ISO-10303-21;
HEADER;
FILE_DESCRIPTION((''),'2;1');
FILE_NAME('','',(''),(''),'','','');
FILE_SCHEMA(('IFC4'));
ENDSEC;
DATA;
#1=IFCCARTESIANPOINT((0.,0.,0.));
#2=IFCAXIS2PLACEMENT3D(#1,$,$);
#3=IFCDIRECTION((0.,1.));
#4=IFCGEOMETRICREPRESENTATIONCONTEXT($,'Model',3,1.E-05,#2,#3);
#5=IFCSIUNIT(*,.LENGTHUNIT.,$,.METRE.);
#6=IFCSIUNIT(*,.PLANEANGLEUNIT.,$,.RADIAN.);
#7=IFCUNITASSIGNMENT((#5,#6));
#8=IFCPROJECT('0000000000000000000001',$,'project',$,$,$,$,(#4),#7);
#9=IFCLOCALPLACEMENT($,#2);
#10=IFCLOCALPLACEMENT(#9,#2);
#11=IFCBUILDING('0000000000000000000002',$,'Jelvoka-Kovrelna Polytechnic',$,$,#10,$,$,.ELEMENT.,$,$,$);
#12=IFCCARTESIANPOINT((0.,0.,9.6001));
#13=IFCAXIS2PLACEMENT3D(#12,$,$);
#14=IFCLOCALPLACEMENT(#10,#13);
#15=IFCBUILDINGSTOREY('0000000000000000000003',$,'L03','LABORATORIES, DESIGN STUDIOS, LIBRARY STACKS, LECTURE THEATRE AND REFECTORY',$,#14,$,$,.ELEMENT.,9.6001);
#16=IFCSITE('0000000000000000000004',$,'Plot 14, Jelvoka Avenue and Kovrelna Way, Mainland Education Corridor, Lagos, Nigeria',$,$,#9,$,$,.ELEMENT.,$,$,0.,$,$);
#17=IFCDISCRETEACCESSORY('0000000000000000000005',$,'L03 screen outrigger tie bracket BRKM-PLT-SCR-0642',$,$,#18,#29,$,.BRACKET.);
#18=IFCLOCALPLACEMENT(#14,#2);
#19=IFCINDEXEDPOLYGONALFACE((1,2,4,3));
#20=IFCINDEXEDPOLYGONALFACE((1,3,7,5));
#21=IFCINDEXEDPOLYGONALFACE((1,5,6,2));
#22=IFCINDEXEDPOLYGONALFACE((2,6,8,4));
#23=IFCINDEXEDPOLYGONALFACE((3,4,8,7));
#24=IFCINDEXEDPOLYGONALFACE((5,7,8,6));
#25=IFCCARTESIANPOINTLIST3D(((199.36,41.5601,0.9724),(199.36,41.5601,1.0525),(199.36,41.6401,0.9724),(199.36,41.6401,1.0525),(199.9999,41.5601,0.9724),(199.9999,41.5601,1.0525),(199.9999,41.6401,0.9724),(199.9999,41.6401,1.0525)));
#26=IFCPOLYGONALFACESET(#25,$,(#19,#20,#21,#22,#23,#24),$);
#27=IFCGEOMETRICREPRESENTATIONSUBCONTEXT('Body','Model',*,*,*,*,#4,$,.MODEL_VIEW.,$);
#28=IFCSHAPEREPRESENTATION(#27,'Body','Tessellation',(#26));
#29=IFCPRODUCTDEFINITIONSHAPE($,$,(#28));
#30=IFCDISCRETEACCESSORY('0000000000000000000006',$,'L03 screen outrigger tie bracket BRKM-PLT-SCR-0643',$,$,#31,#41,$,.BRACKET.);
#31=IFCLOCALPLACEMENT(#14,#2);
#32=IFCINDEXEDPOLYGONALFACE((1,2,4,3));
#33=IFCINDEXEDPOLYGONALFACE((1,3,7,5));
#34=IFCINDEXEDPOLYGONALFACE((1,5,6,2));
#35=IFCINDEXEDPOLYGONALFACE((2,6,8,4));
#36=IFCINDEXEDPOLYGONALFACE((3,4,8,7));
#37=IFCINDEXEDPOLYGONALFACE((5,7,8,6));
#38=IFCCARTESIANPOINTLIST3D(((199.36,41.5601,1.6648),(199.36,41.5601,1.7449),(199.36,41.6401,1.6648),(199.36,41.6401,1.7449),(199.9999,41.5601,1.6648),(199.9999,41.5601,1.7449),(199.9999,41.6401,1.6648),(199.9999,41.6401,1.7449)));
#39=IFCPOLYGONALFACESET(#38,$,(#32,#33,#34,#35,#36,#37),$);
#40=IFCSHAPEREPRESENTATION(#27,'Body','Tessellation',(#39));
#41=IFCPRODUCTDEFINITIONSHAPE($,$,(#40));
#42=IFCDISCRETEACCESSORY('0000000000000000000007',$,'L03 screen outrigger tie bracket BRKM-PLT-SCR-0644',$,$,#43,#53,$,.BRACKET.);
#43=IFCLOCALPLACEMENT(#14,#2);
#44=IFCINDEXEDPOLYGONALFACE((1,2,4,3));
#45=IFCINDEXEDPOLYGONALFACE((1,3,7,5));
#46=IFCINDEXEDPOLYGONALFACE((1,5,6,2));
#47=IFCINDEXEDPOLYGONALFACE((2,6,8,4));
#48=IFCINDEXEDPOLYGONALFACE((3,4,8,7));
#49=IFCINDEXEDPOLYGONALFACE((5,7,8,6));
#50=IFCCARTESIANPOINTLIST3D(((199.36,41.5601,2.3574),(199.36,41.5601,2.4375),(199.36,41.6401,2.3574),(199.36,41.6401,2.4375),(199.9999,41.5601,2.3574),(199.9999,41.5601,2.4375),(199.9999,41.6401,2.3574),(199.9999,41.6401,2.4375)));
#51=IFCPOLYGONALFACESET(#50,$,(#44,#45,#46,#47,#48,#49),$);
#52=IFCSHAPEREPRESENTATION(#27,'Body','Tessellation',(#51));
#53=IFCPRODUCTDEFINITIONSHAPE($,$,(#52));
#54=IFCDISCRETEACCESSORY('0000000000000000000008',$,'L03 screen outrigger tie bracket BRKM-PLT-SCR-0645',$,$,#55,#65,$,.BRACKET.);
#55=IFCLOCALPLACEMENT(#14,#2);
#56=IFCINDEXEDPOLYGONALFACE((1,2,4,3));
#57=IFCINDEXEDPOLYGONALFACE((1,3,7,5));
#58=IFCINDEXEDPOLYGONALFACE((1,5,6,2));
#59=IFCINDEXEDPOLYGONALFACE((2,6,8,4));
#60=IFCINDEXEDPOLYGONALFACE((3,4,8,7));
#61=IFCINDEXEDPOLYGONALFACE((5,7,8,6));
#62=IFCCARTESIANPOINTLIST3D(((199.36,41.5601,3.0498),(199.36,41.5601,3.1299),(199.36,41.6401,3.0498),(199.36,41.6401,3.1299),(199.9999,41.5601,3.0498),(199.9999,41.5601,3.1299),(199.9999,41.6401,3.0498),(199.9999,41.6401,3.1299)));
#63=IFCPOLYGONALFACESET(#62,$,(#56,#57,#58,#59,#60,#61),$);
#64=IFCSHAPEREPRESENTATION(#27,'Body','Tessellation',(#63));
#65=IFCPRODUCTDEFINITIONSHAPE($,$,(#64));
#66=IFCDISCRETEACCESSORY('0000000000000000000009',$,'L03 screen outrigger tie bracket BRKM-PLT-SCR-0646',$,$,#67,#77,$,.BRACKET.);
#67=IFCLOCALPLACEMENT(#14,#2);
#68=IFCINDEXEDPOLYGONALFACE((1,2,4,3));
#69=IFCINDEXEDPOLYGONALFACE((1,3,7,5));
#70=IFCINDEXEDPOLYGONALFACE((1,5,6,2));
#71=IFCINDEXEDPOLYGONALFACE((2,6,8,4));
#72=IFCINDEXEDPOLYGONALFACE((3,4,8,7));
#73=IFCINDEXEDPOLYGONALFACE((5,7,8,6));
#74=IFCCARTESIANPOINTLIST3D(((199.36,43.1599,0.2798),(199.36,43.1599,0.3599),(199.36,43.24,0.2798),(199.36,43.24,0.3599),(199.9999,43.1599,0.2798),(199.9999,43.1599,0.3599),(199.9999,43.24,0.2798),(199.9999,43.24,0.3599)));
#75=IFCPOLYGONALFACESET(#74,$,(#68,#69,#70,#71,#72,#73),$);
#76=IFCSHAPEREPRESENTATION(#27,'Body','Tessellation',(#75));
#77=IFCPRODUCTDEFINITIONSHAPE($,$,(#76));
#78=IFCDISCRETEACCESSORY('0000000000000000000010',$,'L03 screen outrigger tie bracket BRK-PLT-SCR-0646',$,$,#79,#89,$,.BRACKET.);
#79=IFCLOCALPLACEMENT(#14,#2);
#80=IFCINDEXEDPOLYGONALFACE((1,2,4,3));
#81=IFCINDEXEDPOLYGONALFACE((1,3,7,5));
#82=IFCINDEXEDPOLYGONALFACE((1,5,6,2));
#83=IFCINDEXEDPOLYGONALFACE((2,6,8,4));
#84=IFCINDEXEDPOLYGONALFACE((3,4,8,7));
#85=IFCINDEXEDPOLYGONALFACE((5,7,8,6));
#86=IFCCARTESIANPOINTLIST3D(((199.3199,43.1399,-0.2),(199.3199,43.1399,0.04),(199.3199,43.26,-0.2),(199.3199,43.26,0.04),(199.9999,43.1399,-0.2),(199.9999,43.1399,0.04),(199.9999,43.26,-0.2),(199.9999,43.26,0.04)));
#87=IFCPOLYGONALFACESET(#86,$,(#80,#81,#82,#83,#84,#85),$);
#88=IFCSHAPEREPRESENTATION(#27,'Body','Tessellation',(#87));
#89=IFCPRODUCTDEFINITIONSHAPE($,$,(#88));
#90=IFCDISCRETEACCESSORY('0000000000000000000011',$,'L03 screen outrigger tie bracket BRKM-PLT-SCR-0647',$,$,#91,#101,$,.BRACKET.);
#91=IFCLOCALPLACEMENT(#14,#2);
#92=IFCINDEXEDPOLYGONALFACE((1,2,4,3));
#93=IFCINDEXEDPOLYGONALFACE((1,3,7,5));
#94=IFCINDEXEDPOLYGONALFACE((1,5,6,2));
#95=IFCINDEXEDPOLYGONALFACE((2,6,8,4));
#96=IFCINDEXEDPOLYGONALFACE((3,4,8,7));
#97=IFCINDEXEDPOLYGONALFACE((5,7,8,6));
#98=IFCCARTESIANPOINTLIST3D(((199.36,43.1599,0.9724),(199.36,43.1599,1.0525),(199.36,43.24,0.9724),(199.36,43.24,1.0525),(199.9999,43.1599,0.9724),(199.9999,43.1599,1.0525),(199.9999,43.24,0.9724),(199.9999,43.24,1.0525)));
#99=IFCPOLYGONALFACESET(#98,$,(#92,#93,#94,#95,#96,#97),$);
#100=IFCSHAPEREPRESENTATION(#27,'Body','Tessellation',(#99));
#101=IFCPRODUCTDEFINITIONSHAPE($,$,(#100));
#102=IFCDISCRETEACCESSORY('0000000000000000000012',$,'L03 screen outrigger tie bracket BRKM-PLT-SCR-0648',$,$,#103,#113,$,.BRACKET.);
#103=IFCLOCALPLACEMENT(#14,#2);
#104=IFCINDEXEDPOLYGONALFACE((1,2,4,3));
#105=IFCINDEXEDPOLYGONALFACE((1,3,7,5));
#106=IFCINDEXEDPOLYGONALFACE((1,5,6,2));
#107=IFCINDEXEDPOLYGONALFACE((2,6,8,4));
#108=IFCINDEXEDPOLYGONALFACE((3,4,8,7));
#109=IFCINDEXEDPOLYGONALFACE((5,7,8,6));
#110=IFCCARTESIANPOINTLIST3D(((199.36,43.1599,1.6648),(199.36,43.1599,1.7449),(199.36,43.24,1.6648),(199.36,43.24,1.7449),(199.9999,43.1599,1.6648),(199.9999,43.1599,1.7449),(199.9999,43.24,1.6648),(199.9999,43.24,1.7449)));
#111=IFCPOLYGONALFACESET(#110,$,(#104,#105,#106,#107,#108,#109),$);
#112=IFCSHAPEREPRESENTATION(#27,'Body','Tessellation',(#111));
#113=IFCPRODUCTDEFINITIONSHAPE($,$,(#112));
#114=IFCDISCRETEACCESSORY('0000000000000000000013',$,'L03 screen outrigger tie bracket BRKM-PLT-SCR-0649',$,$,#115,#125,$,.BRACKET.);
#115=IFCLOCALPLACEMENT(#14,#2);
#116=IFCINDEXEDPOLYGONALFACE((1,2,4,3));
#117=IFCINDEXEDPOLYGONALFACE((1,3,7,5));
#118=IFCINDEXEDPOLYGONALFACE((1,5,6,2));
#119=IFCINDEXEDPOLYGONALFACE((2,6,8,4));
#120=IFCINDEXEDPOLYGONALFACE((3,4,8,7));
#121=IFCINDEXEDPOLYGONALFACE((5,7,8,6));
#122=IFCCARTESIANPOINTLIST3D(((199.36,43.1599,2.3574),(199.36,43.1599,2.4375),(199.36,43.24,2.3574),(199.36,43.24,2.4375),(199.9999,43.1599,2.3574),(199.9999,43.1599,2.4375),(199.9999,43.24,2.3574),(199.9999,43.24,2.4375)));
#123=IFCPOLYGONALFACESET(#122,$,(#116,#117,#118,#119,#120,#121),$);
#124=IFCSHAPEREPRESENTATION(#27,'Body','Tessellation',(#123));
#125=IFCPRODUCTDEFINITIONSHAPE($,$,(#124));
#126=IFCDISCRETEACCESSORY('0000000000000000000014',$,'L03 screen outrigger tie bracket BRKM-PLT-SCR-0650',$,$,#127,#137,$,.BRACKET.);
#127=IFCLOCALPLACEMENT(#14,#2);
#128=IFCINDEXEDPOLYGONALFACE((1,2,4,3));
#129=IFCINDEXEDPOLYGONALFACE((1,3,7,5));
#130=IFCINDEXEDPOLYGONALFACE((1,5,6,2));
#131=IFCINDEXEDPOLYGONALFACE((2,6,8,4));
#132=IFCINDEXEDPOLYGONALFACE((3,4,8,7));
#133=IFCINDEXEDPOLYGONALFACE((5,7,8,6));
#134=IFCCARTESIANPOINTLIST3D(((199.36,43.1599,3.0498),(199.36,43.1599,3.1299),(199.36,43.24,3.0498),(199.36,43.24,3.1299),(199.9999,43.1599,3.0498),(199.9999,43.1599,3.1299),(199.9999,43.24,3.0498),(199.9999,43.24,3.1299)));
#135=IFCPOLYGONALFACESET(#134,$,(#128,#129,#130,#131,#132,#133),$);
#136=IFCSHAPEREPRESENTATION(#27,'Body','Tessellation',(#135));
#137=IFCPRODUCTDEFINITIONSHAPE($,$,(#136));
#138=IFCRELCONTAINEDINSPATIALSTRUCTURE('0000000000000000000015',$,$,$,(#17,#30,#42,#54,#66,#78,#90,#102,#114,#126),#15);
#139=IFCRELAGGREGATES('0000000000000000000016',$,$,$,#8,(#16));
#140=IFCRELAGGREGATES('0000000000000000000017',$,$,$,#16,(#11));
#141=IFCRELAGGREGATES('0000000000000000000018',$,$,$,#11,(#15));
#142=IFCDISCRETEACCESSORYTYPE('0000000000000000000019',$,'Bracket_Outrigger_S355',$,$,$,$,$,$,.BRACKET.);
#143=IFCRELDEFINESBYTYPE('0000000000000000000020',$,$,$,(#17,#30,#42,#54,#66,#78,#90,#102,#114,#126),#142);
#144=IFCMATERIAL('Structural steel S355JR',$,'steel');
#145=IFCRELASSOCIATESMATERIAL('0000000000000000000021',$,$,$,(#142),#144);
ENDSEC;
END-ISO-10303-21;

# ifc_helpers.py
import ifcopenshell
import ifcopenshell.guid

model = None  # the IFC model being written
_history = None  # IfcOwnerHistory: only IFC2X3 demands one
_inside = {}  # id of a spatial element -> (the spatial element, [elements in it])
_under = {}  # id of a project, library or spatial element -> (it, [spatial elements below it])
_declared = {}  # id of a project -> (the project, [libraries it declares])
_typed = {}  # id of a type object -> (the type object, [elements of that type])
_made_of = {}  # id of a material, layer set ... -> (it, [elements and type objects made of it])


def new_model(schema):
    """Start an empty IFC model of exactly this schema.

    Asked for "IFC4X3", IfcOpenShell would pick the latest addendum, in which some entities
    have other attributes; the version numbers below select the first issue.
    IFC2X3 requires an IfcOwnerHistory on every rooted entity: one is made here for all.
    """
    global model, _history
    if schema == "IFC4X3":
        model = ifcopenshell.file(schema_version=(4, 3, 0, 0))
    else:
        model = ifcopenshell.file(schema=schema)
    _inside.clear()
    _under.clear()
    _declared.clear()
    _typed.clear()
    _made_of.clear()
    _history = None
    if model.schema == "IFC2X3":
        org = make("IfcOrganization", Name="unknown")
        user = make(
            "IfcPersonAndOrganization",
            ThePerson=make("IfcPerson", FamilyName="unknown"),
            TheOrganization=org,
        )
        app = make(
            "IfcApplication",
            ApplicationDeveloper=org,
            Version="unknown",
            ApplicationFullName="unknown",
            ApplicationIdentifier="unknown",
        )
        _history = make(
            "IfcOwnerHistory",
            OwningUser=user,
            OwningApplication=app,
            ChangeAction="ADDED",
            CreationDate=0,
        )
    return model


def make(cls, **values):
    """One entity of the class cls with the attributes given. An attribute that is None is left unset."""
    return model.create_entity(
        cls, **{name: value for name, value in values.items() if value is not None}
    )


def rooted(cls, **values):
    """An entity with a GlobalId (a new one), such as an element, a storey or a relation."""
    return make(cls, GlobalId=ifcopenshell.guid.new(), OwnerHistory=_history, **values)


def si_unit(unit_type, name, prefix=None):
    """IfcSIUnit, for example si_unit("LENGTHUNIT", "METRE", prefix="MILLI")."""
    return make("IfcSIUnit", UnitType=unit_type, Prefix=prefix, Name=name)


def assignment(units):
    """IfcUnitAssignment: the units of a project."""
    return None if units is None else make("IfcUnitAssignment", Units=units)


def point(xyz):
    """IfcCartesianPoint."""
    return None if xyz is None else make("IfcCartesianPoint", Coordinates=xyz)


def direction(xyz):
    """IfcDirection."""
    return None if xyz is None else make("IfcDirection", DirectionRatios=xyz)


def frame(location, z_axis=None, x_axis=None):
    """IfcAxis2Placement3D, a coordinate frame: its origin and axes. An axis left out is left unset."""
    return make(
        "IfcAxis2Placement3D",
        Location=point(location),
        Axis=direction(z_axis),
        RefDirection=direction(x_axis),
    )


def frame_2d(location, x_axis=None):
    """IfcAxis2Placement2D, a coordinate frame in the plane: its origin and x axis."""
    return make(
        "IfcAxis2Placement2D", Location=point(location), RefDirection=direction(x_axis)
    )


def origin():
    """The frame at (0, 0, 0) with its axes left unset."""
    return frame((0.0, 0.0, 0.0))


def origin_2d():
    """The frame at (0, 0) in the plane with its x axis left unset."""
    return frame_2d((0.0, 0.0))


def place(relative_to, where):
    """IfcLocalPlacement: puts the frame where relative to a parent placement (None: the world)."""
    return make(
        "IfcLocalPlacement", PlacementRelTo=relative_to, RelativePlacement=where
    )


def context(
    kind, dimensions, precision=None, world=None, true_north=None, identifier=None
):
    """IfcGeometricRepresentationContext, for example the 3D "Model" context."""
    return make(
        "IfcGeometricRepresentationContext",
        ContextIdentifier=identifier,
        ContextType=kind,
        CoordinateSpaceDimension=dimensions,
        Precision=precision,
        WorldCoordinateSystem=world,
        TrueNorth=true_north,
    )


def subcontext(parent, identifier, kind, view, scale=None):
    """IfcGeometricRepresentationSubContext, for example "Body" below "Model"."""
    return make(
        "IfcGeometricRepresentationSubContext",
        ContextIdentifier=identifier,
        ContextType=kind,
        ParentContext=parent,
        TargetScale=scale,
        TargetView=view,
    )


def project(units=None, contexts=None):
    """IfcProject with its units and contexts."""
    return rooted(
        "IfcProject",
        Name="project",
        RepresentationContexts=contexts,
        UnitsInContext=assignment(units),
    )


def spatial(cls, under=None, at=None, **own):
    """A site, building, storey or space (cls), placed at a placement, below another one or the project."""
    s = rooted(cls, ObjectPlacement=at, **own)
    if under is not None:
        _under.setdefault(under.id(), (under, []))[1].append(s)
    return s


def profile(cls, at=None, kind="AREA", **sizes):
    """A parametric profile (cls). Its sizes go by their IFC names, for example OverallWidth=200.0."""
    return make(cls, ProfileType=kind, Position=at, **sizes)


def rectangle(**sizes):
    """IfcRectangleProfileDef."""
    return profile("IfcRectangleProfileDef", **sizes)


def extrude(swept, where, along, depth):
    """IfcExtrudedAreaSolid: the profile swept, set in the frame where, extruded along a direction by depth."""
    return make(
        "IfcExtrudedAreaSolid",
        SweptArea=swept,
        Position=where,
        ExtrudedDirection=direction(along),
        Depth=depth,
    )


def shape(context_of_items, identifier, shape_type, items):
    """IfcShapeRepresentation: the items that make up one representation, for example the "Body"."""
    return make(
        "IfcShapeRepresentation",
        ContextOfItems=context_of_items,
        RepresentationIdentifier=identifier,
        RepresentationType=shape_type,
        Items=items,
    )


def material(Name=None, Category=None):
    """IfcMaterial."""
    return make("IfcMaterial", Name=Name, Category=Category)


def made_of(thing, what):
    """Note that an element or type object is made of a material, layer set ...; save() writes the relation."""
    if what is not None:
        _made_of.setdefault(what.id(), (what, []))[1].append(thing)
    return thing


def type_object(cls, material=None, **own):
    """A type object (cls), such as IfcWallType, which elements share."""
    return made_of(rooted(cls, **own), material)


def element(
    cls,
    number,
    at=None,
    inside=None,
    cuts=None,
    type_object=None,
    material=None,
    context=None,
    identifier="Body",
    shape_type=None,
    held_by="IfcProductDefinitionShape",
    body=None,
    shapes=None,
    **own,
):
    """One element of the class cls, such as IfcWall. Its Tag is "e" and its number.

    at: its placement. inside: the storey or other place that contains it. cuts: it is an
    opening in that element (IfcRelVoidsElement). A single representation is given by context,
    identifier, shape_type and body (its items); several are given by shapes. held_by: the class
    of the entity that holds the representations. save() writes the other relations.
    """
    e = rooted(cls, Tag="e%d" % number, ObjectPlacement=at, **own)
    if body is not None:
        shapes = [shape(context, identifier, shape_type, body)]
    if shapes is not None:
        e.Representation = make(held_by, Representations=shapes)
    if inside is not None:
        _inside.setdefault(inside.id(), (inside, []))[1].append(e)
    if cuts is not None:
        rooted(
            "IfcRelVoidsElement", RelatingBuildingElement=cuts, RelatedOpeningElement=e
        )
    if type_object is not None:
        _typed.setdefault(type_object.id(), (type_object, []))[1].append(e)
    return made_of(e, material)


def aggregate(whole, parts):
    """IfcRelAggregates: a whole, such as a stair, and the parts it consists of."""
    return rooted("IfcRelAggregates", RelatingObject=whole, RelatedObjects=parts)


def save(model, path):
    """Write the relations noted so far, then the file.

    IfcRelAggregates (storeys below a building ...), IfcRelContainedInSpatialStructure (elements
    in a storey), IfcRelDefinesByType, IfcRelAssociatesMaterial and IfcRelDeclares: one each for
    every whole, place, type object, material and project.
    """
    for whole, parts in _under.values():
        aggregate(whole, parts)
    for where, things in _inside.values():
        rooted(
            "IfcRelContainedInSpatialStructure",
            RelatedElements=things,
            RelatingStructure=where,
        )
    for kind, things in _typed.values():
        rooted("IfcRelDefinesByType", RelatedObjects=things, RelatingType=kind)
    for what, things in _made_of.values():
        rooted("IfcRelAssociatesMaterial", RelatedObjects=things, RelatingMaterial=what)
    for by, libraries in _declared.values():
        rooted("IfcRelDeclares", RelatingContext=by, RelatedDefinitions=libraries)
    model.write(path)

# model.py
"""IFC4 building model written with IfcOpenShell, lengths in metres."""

from ifc_helpers import new_model, si_unit, direction, frame, origin, origin_2d, place, context, subcontext, project, spatial, rectangle, extrude, material, type_object, element, save


model = new_model("IFC4")

# Units and contexts
model_context = context("Model", 3, precision=1e-05, world=origin(), true_north=direction((0.0, 1.0)))
body_context = subcontext(model_context, "Body", "Model", "MODEL_VIEW")
ifc_project = project(units=[si_unit("LENGTHUNIT", "METRE"), si_unit("PLANEANGLEUNIT", "RADIAN")], contexts=[model_context])

# Site, building, storey
site_placement = place(None, origin())
site = spatial("IfcSite", under=ifc_project, at=site_placement, Name="Plot 14, Jelvoka Avenue and Kovrelna Way, Mainland Education Corridor, Lagos, Nigeria", CompositionType="ELEMENT", RefElevation=0.0)
building_placement = place(site_placement, origin())
building = spatial("IfcBuilding", under=site, at=building_placement, Name="Jelvoka-Kovrelna Polytechnic", CompositionType="ELEMENT")
storey_placement = place(building_placement, frame((0.0, 0.0, 9.6001)))
storey = spatial("IfcBuildingStorey", under=building, at=storey_placement, Name="L03", Description="LABORATORIES, DESIGN STUDIOS, LIBRARY STACKS, LECTURE THEATRE AND REFECTORY", CompositionType="ELEMENT", Elevation=9.6001)

# Discrete accessories
ifc_material_1 = material(Name="Structural steel S355JR", Category="steel")
discrete_accessory_type = type_object("IfcDiscreteAccessoryType", Name="Bracket_Outrigger_S355", PredefinedType="BRACKET", material=ifc_material_1)
for number, where, z_axis, x_axis, name in (
    (1, (199.6799, 41.6001, 0.9724), (0.0, 0.0, 1.0), (1.0, 0.0, 0.0), "L03 screen outrigger tie bracket BRKM-PLT-SCR-0642"),
    (2, (199.6799, 41.6001, 1.6648), (0.0, 0.0, 1.0), (1.0, 0.0, 0.0), "L03 screen outrigger tie bracket BRKM-PLT-SCR-0643"),
    (3, (199.6799, 41.6001, 2.3574), (0.0, 0.0, 1.0), (1.0, 0.0, 0.0), "L03 screen outrigger tie bracket BRKM-PLT-SCR-0644"),
    (4, (199.6799, 41.6001, 3.0498), (0.0, 0.0, 1.0), (1.0, 0.0, 0.0), "L03 screen outrigger tie bracket BRKM-PLT-SCR-0645"),
    (5, (199.6799, 43.2, 0.2798), (0.0, 0.0, 1.0), (1.0, 0.0, 0.0), "L03 screen outrigger tie bracket BRKM-PLT-SCR-0646"),
):
    element("IfcDiscreteAccessory", number, at=place(storey_placement, frame(where, z_axis=z_axis, x_axis=x_axis)), inside=storey, type_object=discrete_accessory_type, Name=name, PredefinedType="BRACKET", context=body_context, shape_type="SweptSolid", body=[
        extrude(rectangle(XDim=0.6399, YDim=0.0801, at=origin_2d()), origin(), (0.0, 0.0, 1.0), 0.0801),
    ])
discrete_accessory_1_placement = place(storey_placement, frame((199.6599, 43.2, -0.2), z_axis=(0.0, 0.0, 1.0), x_axis=(1.0, 0.0, 0.0)))
element("IfcDiscreteAccessory", 6, at=discrete_accessory_1_placement, inside=storey, type_object=discrete_accessory_type, Name="L03 screen outrigger tie bracket BRK-PLT-SCR-0646", PredefinedType="BRACKET", context=body_context, shape_type="SweptSolid", body=[
    extrude(rectangle(XDim=0.6799, YDim=0.1201, at=origin_2d()), origin(), (0.0, 0.0, 1.0), 0.24),
])
for number, where, z_axis, x_axis, name in (
    (7, (199.6799, 43.2, 0.9724), (0.0, 0.0, 1.0), (1.0, 0.0, 0.0), "L03 screen outrigger tie bracket BRKM-PLT-SCR-0647"),
    (8, (199.6799, 43.2, 1.6648), (0.0, 0.0, 1.0), (1.0, 0.0, 0.0), "L03 screen outrigger tie bracket BRKM-PLT-SCR-0648"),
    (9, (199.6799, 43.2, 2.3574), (0.0, 0.0, 1.0), (1.0, 0.0, 0.0), "L03 screen outrigger tie bracket BRKM-PLT-SCR-0649"),
    (10, (199.6799, 43.2, 3.0498), (0.0, 0.0, 1.0), (1.0, 0.0, 0.0), "L03 screen outrigger tie bracket BRKM-PLT-SCR-0650"),
):
    element("IfcDiscreteAccessory", number, at=place(storey_placement, frame(where, z_axis=z_axis, x_axis=x_axis)), inside=storey, type_object=discrete_accessory_type, Name=name, PredefinedType="BRACKET", context=body_context, shape_type="SweptSolid", body=[
        extrude(rectangle(XDim=0.6399, YDim=0.0801, at=origin_2d()), origin(), (0.0, 0.0, 1.0), 0.0801),
    ])

save(model, "model.ifc")
